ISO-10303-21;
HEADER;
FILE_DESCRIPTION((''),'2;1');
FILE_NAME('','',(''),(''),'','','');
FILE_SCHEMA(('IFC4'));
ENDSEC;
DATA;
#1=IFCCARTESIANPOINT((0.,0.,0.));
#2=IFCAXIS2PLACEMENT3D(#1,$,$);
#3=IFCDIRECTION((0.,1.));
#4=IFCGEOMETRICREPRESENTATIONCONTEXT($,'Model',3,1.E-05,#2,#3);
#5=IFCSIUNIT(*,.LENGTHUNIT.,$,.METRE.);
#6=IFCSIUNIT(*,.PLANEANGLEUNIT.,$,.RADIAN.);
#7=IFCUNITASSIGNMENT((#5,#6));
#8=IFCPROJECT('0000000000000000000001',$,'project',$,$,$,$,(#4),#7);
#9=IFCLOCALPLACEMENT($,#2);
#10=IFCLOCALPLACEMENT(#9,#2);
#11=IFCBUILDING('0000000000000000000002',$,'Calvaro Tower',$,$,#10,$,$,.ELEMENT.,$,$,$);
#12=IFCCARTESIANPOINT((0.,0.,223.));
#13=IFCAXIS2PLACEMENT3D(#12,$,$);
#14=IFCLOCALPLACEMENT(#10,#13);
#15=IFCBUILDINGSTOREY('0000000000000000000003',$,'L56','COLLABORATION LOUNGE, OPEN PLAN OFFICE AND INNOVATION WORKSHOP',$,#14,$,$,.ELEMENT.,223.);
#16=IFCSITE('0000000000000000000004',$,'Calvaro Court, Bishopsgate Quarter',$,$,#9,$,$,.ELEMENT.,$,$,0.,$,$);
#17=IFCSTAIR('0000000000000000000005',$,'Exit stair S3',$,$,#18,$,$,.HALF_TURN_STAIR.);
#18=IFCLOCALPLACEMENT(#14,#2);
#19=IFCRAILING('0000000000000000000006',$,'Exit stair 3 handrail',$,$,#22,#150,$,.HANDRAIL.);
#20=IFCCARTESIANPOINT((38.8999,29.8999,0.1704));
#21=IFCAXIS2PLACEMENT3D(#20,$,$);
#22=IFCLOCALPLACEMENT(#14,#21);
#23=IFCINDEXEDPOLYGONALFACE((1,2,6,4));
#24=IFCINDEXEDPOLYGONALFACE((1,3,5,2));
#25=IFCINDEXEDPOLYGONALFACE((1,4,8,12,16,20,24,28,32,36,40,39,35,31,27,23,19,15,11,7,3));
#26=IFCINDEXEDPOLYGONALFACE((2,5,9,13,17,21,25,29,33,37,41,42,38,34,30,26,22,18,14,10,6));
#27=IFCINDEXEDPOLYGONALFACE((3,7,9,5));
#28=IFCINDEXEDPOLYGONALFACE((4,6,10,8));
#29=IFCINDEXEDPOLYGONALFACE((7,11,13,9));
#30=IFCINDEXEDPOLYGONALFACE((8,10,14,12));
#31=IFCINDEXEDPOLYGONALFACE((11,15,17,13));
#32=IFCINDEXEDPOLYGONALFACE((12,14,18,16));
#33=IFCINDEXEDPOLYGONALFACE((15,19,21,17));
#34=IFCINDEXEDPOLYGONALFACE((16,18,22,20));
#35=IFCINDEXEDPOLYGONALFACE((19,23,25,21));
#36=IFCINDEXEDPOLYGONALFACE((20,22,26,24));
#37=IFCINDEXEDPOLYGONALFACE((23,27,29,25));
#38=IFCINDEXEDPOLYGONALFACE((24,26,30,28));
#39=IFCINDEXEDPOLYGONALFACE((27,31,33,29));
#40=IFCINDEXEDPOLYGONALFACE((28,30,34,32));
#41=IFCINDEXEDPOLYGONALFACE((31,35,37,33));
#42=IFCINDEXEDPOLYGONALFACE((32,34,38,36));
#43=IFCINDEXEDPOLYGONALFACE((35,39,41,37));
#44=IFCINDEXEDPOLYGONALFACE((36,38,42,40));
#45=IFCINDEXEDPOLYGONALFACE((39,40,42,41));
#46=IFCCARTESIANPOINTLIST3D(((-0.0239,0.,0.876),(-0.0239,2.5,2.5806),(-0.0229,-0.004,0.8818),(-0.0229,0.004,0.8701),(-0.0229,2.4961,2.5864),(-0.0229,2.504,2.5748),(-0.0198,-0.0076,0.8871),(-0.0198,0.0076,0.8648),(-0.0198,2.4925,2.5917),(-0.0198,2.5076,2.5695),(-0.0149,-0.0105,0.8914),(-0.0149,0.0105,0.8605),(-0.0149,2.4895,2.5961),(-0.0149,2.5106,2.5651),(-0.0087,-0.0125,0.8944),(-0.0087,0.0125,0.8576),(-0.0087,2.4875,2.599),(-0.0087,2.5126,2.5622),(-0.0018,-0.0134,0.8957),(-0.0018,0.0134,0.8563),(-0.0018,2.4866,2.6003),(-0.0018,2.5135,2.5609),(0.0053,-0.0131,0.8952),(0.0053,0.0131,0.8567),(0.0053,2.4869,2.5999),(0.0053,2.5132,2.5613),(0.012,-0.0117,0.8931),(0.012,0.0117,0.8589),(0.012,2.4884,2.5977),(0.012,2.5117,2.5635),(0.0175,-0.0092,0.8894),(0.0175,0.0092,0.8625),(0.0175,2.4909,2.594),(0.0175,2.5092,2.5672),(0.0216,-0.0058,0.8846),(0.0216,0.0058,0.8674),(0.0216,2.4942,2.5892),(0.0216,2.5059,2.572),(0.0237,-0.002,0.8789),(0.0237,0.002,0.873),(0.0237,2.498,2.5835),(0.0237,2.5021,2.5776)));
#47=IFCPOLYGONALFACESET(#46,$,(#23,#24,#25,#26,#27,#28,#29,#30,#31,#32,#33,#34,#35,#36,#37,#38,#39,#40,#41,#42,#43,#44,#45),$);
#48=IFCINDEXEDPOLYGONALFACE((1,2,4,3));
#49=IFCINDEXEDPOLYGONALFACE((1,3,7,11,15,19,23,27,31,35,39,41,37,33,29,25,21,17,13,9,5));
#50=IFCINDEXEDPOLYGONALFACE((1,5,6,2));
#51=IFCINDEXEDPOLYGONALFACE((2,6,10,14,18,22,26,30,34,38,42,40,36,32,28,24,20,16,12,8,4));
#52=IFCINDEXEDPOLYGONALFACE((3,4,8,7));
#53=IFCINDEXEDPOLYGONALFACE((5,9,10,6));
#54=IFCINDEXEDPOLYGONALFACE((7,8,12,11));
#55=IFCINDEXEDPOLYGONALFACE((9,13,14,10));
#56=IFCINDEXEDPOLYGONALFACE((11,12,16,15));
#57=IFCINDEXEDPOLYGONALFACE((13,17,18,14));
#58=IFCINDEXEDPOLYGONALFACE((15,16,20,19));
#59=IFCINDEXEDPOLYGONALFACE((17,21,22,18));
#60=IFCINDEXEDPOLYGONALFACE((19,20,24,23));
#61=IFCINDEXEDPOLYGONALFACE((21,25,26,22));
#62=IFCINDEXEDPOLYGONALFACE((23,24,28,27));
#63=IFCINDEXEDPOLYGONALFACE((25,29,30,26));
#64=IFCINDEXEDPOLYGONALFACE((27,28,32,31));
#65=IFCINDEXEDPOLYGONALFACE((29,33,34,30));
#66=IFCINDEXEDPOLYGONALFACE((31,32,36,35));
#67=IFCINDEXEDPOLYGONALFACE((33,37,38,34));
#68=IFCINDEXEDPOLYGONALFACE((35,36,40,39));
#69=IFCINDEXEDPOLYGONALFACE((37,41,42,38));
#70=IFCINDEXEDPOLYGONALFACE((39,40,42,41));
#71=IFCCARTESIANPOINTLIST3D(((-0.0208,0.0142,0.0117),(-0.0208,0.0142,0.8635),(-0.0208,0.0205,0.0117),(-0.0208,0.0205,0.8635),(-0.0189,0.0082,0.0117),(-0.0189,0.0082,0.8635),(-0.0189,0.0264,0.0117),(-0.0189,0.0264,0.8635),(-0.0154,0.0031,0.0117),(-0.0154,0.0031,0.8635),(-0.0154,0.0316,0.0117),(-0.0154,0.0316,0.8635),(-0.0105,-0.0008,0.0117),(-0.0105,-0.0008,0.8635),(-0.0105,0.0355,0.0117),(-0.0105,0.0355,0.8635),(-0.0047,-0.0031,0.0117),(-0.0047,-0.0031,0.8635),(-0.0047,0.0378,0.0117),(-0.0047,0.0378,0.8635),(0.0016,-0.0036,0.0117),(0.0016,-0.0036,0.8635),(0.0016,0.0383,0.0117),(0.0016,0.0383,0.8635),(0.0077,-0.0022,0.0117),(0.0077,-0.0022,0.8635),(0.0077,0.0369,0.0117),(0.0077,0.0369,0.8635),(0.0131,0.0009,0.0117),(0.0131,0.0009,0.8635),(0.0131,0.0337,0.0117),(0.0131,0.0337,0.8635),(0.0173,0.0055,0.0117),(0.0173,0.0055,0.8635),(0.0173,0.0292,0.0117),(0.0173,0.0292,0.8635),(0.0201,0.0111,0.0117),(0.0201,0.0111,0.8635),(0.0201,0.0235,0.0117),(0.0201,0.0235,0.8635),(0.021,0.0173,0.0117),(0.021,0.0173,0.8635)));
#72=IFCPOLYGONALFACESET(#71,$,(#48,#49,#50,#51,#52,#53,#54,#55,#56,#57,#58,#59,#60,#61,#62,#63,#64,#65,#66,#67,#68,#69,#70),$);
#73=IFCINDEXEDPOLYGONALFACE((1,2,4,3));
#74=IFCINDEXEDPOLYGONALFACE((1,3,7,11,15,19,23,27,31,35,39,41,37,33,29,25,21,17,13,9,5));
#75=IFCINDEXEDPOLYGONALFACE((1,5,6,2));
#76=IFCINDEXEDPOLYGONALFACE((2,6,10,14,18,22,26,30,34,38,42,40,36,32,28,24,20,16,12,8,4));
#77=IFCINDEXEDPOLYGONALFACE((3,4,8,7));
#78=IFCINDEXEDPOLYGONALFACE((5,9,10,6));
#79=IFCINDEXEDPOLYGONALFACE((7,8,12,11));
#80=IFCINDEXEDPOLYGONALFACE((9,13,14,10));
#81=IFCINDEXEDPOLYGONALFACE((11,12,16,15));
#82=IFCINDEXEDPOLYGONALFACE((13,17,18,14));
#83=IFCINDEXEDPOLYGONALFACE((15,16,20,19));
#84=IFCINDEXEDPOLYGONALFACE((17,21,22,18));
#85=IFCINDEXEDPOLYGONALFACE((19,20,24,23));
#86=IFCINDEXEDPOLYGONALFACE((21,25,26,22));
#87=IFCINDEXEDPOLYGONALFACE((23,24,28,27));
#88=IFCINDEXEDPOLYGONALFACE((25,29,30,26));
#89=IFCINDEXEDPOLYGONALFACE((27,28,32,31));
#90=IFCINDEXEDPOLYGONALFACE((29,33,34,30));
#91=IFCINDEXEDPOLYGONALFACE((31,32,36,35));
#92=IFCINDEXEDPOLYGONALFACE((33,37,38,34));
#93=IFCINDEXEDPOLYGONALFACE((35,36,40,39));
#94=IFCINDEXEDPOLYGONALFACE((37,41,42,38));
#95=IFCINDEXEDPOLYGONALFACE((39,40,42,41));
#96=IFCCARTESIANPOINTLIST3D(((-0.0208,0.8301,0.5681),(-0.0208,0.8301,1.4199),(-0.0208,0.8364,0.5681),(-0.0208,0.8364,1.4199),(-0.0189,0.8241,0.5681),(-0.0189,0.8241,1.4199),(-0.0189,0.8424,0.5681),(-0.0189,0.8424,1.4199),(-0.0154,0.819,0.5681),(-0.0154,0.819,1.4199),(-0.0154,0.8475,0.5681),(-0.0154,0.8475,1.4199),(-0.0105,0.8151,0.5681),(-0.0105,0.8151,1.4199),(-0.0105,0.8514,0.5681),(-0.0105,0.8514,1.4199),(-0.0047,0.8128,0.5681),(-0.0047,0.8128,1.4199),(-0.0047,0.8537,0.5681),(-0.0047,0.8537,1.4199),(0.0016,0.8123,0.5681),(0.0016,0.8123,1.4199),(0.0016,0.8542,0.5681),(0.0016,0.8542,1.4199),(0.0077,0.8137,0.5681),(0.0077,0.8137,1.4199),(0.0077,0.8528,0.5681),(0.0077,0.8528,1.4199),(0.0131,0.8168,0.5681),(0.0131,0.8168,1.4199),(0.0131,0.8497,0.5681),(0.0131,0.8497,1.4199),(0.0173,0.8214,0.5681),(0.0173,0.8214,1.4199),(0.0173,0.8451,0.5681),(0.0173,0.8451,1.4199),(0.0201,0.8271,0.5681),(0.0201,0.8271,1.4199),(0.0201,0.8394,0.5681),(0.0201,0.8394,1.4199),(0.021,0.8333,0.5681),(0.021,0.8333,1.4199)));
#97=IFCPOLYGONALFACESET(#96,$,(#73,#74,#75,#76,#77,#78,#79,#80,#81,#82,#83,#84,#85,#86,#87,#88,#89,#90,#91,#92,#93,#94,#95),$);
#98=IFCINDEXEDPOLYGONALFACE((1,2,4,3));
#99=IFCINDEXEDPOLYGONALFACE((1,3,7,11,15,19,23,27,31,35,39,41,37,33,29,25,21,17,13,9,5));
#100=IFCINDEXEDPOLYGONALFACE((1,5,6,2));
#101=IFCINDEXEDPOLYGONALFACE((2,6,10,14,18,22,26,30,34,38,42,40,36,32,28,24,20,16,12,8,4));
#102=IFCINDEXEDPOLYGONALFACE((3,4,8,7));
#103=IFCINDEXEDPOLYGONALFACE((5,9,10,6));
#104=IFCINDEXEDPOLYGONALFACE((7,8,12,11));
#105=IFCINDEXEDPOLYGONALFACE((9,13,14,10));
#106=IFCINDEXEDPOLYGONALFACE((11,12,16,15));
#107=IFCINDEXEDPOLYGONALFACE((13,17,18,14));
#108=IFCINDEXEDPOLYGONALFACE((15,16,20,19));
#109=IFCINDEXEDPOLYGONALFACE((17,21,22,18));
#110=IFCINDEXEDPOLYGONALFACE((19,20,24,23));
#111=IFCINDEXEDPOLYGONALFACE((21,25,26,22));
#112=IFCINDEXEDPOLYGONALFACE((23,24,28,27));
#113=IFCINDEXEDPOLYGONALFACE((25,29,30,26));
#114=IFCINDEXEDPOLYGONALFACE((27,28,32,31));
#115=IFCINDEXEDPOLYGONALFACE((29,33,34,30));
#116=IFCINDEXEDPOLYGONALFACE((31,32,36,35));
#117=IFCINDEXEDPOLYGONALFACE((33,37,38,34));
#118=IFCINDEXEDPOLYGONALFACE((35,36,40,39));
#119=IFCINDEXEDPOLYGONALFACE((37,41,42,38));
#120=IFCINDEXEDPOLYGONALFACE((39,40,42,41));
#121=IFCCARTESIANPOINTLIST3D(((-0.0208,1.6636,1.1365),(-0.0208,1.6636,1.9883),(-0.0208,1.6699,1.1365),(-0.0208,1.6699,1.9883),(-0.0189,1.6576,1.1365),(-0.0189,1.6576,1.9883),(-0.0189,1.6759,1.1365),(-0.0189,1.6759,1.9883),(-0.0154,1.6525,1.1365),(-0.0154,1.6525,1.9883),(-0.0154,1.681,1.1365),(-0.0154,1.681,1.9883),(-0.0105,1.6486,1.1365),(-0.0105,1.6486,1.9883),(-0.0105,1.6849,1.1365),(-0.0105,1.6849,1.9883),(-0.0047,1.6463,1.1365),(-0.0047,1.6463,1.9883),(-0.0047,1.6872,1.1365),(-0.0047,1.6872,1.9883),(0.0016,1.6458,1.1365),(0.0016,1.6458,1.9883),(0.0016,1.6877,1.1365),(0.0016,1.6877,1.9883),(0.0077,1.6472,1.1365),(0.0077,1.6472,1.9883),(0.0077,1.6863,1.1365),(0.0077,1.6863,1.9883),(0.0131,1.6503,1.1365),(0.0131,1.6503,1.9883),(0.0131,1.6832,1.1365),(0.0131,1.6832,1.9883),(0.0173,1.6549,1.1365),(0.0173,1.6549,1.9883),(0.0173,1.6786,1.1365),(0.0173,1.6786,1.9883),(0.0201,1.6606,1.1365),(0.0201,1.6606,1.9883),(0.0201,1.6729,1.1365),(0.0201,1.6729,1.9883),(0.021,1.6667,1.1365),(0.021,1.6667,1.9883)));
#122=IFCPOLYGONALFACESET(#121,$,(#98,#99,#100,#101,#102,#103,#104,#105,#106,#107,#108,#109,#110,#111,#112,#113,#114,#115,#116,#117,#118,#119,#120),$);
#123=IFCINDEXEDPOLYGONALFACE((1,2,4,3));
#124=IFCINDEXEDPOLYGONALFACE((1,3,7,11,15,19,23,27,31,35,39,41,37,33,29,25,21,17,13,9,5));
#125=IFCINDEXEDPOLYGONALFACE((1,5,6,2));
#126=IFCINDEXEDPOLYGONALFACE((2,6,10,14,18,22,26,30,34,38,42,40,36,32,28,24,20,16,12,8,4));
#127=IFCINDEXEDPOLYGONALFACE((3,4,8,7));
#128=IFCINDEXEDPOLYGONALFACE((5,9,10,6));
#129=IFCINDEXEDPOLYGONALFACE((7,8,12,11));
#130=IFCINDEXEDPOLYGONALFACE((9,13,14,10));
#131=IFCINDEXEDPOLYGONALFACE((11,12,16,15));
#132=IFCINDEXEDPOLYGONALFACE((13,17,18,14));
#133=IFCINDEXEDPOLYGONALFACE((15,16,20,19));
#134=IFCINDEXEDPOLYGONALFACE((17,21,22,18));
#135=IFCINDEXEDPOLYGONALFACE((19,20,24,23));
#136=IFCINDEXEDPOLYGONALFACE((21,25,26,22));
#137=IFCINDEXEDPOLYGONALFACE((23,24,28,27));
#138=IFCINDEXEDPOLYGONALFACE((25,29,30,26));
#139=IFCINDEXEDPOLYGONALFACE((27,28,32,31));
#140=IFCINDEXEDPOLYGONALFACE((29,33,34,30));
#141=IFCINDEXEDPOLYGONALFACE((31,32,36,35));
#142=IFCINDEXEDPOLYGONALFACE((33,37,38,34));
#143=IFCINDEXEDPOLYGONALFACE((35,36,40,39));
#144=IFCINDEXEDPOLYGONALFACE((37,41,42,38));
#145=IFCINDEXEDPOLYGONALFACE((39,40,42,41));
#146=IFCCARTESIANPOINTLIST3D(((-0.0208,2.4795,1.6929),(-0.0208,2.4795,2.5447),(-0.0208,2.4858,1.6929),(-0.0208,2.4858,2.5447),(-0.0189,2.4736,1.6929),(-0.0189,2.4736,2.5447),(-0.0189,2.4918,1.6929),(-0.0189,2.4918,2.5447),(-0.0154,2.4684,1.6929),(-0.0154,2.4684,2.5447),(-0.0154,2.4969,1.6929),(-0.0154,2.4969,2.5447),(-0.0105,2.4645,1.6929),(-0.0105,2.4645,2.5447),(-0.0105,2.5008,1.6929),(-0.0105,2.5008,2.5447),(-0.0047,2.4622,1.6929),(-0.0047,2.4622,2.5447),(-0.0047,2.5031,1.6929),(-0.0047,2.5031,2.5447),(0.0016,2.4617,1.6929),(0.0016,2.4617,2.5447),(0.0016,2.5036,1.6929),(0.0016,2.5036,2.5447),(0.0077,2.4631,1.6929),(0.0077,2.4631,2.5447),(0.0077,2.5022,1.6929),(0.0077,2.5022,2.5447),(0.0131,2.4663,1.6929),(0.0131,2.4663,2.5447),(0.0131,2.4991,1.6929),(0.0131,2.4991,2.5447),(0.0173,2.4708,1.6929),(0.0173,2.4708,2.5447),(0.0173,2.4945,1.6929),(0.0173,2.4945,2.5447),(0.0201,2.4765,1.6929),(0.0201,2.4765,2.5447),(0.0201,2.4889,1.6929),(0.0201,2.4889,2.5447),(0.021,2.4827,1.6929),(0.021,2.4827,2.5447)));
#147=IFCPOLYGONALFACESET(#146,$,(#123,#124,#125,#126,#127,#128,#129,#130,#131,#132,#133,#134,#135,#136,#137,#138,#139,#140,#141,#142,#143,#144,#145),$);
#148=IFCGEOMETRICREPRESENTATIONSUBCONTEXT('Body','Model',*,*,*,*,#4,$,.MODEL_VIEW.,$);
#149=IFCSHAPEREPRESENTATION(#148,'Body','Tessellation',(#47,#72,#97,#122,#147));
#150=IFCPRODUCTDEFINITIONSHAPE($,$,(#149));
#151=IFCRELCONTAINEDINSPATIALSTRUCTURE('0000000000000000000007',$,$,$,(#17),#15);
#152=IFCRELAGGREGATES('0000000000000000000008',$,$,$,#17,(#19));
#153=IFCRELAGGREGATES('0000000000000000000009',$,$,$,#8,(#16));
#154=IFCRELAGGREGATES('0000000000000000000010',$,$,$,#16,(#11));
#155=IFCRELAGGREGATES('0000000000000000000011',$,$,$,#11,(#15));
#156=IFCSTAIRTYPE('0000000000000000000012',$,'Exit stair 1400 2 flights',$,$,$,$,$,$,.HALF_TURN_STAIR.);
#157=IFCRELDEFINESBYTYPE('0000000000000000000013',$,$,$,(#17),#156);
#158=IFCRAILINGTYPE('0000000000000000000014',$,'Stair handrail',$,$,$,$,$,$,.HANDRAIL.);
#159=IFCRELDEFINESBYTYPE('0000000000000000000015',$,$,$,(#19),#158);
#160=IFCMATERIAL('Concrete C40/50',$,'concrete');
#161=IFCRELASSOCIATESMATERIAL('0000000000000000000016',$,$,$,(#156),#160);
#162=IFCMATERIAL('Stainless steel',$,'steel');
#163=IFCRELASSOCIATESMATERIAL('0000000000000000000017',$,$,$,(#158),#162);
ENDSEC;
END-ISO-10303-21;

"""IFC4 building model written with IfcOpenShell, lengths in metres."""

from ifc_helpers import new_model, si_unit, direction, frame, origin, origin_2d, place, context, subcontext, project, spatial, circle, extrude, material, type_object, element, aggregate, save


model = new_model("IFC4")

# Units and contexts
model_context = context("Model", 3, precision=1e-05, world=origin(), true_north=direction((0.0, 1.0)))
body_context = subcontext(model_context, "Body", "Model", "MODEL_VIEW")
ifc_project = project(units=[si_unit("LENGTHUNIT", "METRE"), si_unit("PLANEANGLEUNIT", "RADIAN")], contexts=[model_context])

# Site, building, storey
site_placement = place(None, origin())
site = spatial("IfcSite", under=ifc_project, at=site_placement, Name="Calvaro Court, Bishopsgate Quarter", CompositionType="ELEMENT", RefElevation=0.0)
building_placement = place(site_placement, origin())
building = spatial("IfcBuilding", under=site, at=building_placement, Name="Calvaro Tower", CompositionType="ELEMENT")
storey_placement = place(building_placement, frame((0.0, 0.0, 223.0)))
storey = spatial("IfcBuildingStorey", under=building, at=storey_placement, Name="L56", Description="COLLABORATION LOUNGE, OPEN PLAN OFFICE AND INNOVATION WORKSHOP", CompositionType="ELEMENT", Elevation=223.0)

# Stair
ifc_material_1 = material(Name="Concrete C40/50", Category="concrete")
stair_type = type_object("IfcStairType", Name="Exit stair 1400 2 flights", PredefinedType="HALF_TURN_STAIR", material=ifc_material_1)
stair_1_placement = place(storey_placement, origin())
stair_1 = element("IfcStair", 1, at=stair_1_placement, inside=storey, type_object=stair_type, Name="Exit stair S3", PredefinedType="HALF_TURN_STAIR")

# Railing
ifc_material_2 = material(Name="Stainless steel", Category="steel")
railing_type = type_object("IfcRailingType", Name="Stair handrail", PredefinedType="HANDRAIL", material=ifc_material_2)
railing_1_placement = place(storey_placement, frame((38.8999, 29.8999, 0.1704)))
railing_1 = element("IfcRailing", 2, at=railing_1_placement, type_object=railing_type, Name="Exit stair 3 handrail", PredefinedType="HANDRAIL", context=body_context, shape_type="SweptSolid", body=[
    extrude(circle(Radius=0.0239, at=origin_2d()), frame((0.0, 0.0, 0.876), z_axis=(0.0, 0.826221, 0.563347), x_axis=(-1.0, 0.0, 0.0)), (0.0, 0.0, 1.0), 3.0259),
    extrude(circle(Radius=0.021, at=origin_2d()), frame((0.0, 0.0173, 0.0117)), (0.0, 0.0, 1.0), 0.8518),
    extrude(circle(Radius=0.021, at=origin_2d()), frame((0.0, 0.8333, 0.5681)), (0.0, 0.0, 1.0), 0.8518),
    extrude(circle(Radius=0.021, at=origin_2d()), frame((0.0, 1.6667, 1.1365)), (0.0, 0.0, 1.0), 0.8518),
    extrude(circle(Radius=0.021, at=origin_2d()), frame((0.0, 2.4827, 1.6929)), (0.0, 0.0, 1.0), 0.8518),
])
aggregate(stair_1, [railing_1])

save(model, "model.ifc")
